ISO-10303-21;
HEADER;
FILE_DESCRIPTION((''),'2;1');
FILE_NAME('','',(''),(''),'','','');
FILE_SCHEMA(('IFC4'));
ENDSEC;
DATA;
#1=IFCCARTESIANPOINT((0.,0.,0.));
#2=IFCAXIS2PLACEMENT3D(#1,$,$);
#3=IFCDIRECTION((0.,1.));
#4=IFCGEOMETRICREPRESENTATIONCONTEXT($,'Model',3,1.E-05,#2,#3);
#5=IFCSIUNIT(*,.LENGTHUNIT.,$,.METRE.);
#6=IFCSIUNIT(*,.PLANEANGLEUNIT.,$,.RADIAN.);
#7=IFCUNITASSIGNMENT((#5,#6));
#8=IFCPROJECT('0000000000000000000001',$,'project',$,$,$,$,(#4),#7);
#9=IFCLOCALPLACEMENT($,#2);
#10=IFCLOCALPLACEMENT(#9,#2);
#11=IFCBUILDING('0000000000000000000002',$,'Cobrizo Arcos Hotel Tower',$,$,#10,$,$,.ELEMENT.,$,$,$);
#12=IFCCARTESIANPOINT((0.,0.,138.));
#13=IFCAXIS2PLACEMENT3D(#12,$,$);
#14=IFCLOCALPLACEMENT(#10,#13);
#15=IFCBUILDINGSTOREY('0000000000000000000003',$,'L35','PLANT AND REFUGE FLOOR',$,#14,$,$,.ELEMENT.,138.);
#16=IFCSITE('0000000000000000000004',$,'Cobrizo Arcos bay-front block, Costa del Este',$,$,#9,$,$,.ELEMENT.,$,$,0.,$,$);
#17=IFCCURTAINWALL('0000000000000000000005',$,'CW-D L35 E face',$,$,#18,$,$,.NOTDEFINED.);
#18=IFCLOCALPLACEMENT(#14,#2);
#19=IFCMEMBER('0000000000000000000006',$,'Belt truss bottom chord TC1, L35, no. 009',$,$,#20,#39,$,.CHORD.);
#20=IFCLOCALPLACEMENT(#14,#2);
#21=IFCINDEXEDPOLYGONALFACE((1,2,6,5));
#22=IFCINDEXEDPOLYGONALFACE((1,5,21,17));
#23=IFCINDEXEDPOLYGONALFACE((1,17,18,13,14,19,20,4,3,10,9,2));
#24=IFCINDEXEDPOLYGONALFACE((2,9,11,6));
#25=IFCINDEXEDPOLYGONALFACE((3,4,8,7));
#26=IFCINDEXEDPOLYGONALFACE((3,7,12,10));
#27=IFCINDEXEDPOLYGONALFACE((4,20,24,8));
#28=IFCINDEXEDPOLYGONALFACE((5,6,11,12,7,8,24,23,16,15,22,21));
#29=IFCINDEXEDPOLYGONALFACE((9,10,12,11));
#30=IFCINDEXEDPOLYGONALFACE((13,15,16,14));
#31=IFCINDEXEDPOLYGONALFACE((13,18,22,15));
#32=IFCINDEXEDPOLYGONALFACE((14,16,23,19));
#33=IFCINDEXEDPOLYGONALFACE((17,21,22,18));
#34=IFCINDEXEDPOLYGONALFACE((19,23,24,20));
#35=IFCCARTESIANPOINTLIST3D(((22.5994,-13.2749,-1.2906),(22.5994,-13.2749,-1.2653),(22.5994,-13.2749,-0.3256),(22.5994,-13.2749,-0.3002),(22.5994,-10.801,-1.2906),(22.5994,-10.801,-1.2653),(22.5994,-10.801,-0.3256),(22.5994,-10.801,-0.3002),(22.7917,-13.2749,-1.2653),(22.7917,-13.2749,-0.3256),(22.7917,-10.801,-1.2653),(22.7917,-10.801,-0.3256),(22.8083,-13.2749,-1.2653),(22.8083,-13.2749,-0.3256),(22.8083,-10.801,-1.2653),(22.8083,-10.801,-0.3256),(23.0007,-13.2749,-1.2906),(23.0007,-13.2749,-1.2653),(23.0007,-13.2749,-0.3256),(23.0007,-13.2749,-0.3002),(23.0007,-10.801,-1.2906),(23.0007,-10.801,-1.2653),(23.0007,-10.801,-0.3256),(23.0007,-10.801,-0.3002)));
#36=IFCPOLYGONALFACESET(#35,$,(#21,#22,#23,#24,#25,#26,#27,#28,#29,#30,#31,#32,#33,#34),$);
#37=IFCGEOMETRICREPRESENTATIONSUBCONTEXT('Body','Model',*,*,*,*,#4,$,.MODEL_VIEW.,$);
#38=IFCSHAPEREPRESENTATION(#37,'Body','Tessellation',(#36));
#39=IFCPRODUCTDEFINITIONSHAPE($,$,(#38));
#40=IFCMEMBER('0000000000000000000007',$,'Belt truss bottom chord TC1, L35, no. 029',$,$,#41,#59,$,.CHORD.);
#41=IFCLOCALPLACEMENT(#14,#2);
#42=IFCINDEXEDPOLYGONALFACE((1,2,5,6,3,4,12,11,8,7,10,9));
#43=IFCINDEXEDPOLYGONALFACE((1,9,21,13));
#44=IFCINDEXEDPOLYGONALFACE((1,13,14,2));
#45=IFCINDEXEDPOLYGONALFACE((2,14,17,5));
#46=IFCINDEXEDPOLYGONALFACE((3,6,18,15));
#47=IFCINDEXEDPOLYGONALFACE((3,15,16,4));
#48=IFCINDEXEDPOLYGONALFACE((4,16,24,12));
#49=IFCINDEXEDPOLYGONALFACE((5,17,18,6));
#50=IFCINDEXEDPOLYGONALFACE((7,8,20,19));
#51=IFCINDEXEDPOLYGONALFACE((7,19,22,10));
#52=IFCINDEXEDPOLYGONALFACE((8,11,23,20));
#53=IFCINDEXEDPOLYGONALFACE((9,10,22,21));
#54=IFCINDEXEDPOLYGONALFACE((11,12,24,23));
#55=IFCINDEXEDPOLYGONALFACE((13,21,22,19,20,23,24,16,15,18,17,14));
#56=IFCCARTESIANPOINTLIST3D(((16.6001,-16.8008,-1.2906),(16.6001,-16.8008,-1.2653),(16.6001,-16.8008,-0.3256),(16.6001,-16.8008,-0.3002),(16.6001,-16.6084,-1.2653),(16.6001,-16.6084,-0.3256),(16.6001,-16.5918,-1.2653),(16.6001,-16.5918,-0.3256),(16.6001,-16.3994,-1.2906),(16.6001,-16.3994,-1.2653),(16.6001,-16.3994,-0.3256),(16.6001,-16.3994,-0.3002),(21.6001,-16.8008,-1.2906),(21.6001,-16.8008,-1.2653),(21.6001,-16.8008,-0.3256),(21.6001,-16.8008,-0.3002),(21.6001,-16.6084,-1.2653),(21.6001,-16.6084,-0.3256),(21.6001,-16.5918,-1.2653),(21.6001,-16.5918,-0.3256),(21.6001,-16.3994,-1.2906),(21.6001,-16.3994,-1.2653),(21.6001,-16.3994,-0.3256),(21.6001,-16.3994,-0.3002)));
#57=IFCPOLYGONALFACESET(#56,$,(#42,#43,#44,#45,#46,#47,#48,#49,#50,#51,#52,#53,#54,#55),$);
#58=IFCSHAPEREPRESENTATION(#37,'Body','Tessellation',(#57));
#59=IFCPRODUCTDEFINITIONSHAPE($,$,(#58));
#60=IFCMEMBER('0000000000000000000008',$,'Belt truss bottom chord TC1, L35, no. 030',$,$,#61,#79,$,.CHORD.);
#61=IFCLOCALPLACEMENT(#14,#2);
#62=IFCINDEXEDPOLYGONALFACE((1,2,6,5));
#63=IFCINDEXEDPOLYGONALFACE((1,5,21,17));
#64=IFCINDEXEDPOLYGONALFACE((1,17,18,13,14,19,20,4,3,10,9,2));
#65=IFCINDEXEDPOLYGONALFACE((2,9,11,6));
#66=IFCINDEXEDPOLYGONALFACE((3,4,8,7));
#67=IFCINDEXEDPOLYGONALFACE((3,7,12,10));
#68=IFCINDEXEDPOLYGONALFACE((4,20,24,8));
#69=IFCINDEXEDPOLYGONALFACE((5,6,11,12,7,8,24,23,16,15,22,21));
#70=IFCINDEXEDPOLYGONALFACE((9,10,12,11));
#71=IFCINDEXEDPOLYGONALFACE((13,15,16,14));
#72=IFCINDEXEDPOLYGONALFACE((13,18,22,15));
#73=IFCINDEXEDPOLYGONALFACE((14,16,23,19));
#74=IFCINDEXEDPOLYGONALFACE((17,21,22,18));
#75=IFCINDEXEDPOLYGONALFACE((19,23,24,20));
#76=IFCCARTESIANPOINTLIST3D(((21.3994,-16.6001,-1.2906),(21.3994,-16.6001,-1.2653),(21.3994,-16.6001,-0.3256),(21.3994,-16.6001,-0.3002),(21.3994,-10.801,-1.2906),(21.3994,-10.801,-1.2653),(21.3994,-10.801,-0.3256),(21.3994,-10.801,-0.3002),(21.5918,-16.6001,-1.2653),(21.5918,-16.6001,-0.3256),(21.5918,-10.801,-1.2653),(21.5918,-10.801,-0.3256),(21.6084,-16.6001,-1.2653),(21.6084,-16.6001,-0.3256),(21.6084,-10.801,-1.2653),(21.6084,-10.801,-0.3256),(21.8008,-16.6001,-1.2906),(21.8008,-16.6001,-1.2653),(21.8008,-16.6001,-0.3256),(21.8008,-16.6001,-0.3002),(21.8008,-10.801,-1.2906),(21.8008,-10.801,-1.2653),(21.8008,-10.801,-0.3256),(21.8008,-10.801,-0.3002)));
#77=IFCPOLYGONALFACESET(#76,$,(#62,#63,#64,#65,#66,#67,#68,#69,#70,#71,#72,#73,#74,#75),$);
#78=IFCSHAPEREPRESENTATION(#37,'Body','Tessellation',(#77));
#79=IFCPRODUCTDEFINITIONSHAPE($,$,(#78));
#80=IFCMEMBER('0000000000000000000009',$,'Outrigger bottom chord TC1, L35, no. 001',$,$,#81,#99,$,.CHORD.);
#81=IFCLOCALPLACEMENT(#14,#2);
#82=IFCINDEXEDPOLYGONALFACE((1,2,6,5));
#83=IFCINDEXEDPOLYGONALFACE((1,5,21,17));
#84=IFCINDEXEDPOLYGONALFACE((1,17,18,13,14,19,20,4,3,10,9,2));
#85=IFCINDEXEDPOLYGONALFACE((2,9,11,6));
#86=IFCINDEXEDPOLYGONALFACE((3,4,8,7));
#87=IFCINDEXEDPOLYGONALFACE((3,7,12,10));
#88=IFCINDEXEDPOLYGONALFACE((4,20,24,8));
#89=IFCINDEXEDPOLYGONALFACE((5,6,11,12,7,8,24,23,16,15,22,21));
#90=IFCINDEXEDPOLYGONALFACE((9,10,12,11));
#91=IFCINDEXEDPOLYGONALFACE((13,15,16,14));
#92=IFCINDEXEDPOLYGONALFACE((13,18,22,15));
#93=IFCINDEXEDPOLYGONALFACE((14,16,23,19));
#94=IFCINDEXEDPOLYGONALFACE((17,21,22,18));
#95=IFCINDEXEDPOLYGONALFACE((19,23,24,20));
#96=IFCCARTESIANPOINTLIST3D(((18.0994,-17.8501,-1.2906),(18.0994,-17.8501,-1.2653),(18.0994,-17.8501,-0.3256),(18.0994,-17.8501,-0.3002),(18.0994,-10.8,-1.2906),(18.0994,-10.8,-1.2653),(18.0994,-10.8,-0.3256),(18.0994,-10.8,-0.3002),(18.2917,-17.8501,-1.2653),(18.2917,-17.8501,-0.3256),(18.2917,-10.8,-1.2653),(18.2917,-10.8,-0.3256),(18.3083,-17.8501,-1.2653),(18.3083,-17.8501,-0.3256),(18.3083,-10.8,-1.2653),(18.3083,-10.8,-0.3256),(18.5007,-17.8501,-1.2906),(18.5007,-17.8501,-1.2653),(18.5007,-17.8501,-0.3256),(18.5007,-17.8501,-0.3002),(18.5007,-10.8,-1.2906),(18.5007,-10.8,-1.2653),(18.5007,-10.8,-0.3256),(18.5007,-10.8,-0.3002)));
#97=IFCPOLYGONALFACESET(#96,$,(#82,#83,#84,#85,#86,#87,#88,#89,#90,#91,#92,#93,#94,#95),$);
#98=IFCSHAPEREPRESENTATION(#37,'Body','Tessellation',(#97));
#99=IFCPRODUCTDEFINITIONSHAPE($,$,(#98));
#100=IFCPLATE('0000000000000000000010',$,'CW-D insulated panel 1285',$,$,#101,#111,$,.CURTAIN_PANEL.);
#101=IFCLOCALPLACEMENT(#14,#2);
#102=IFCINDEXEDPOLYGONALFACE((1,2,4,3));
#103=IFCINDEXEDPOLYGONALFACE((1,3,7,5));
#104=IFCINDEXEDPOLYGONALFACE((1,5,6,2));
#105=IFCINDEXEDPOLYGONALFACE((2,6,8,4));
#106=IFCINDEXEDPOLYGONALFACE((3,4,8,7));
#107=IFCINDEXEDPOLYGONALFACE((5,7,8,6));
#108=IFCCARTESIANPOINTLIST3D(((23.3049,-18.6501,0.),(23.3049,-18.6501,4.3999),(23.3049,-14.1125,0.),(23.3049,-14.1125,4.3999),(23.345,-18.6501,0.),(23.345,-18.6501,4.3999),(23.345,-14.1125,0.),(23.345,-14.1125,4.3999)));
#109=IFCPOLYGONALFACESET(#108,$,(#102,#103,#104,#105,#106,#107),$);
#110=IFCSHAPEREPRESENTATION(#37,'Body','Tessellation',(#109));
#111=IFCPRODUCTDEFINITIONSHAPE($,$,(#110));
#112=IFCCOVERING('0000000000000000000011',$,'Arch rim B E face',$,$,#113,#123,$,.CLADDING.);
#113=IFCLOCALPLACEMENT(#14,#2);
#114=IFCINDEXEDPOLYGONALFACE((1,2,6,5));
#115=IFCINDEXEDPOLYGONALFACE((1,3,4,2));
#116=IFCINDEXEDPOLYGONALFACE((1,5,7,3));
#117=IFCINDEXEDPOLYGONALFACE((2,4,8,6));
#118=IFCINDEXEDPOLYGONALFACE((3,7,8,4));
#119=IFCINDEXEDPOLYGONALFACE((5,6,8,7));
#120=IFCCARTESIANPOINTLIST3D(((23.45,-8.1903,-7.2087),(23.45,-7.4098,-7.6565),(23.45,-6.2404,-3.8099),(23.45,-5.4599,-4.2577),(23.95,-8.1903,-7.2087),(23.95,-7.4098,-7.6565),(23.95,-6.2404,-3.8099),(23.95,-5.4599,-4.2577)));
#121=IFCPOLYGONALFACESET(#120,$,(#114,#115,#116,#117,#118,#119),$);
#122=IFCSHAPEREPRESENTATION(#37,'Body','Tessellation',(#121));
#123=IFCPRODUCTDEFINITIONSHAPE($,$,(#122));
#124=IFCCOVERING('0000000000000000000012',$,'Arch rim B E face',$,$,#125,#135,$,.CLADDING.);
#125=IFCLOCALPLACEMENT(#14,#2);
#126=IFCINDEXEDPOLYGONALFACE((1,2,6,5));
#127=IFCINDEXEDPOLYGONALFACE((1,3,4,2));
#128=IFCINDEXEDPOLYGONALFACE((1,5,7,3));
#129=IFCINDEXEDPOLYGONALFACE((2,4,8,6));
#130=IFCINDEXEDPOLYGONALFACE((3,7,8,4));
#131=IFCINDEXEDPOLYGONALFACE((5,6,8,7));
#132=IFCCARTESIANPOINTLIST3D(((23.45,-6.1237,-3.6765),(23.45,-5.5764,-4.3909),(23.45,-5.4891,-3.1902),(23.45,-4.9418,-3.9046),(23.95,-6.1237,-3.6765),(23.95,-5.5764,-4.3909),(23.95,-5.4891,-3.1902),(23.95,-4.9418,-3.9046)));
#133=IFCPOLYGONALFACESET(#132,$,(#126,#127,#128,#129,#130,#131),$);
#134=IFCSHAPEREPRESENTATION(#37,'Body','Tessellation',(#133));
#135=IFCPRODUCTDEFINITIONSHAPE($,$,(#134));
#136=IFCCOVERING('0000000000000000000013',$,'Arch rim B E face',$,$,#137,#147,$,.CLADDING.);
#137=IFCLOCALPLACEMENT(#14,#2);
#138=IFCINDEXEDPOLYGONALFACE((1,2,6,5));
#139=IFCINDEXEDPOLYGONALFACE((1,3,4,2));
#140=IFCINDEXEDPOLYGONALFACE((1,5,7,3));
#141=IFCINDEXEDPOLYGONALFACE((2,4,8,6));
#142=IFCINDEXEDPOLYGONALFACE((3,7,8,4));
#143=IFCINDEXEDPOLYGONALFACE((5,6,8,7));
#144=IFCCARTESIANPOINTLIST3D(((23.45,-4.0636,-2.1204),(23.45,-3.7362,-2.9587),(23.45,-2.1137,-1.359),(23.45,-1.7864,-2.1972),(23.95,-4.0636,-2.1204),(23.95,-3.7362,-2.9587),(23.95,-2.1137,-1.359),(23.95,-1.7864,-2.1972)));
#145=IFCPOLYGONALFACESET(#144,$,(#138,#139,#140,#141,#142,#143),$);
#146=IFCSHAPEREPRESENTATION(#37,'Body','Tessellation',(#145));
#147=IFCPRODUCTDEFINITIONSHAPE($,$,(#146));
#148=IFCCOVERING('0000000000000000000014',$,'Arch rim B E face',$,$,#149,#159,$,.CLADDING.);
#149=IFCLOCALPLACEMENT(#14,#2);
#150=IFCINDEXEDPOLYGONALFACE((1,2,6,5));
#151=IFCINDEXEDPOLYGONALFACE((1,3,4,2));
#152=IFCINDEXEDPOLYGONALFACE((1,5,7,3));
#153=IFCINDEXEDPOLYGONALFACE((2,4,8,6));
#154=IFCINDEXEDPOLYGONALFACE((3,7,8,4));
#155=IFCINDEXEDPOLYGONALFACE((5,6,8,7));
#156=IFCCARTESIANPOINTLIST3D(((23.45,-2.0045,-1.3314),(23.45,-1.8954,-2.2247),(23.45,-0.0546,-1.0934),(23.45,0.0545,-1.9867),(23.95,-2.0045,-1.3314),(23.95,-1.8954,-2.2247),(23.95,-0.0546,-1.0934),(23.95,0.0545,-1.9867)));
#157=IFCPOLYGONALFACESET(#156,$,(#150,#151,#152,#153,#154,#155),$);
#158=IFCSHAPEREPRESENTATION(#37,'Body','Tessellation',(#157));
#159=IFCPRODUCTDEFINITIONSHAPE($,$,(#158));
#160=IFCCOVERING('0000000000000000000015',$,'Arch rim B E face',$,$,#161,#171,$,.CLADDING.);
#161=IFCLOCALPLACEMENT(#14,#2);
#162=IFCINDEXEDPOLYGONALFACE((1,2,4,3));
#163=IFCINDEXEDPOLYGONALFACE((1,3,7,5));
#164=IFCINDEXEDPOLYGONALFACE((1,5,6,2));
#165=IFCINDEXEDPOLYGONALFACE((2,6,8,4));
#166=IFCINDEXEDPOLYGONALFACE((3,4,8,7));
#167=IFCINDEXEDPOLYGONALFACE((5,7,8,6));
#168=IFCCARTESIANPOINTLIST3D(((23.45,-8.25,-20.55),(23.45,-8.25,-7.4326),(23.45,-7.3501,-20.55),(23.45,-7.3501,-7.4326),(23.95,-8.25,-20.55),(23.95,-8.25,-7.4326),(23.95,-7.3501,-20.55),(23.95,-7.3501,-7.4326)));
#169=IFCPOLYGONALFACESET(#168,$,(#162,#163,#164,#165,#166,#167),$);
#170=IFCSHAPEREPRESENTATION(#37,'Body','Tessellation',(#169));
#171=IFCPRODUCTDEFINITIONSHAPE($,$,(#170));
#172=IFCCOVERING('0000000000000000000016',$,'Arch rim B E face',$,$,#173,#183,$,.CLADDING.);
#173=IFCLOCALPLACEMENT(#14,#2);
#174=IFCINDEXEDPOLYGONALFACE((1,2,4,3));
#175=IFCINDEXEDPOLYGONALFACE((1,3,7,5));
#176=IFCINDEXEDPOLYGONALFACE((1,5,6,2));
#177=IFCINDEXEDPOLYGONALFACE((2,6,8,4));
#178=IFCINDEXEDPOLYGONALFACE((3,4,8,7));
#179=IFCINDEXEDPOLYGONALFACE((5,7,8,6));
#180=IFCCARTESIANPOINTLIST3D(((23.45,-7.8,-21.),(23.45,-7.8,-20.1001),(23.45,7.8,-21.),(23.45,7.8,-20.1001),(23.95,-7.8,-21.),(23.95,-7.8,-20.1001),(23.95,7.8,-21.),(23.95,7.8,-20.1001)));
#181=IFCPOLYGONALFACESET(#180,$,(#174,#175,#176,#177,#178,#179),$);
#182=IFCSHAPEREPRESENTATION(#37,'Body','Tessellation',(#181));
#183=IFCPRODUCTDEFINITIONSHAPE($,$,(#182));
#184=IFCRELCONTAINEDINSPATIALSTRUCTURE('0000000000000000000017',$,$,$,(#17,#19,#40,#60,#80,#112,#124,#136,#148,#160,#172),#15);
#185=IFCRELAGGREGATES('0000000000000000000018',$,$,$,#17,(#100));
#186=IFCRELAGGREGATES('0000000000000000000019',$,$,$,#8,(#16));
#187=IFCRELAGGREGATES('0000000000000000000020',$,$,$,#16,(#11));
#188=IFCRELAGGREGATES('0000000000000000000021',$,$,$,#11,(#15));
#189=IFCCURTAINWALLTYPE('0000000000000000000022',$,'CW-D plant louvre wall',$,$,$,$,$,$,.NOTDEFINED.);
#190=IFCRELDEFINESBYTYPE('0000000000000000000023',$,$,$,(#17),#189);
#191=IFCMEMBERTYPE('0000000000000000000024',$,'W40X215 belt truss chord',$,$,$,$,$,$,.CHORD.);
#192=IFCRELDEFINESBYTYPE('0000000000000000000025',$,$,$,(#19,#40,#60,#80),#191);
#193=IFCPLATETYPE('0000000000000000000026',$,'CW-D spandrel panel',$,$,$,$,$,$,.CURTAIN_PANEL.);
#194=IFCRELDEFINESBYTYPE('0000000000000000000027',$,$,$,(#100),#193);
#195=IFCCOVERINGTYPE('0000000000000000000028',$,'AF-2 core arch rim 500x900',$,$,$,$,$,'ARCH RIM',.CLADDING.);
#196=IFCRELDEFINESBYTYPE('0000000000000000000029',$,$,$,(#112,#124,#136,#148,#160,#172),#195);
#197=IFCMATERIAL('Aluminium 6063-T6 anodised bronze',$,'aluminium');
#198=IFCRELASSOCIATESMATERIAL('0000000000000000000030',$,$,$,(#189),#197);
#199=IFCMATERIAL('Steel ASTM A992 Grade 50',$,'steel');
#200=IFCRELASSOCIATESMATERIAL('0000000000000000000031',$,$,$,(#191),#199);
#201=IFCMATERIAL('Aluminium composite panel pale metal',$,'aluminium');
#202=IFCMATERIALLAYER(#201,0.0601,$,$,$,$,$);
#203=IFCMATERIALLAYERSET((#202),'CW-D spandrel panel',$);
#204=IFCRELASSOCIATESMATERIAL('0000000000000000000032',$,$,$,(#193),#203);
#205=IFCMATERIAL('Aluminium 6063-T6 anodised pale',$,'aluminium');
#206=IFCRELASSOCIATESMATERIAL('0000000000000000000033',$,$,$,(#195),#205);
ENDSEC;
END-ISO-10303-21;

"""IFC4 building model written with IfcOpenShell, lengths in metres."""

from ifc_helpers import new_model, si_unit, direction, frame, origin, origin_2d, place, context, subcontext, project, spatial, rectangle, i_section, extrude, material, layer, layer_set, material_profile, profile_set, type_object, element, aggregate, save


model = new_model("IFC4")

# Units and contexts
model_context = context("Model", 3, precision=1e-05, world=origin(), true_north=direction((0.0, 1.0)))
body_context = subcontext(model_context, "Body", "Model", "MODEL_VIEW")
ifc_project = project(units=[si_unit("LENGTHUNIT", "METRE"), si_unit("PLANEANGLEUNIT", "RADIAN")], contexts=[model_context])

# Site, building, storey
site_placement = place(None, origin())
site = spatial("IfcSite", under=ifc_project, at=site_placement, Name="Cobrizo Arcos bay-front block, Costa del Este", CompositionType="ELEMENT", RefElevation=0.0)
building_placement = place(site_placement, origin())
building = spatial("IfcBuilding", under=site, at=building_placement, Name="Cobrizo Arcos Hotel Tower", CompositionType="ELEMENT")
storey_placement = place(building_placement, frame((0.0, 0.0, 138.0)))
storey = spatial("IfcBuildingStorey", under=building, at=storey_placement, Name="L35", Description="PLANT AND REFUGE FLOOR", CompositionType="ELEMENT", Elevation=138.0)

# Curtain wall
ifc_material_1 = material(Name="Aluminium 6063-T6 anodised bronze", Category="aluminium")
curtain_wall_type = type_object("IfcCurtainWallType", Name="CW-D plant louvre wall", PredefinedType="NOTDEFINED", material=ifc_material_1)
curtain_wall_placement = place(storey_placement, origin())
curtain_wall = element("IfcCurtainWall", 1, at=curtain_wall_placement, inside=storey, type_object=curtain_wall_type, Name="CW-D L35 E face", PredefinedType="NOTDEFINED")

# Shared definitions
ifc_material_2 = material(Name="Steel ASTM A992 Grade 50", Category="steel")

# Members
ifc_material_profile_1 = material_profile(ifc_material_2, i_section(OverallWidth=0.4014, OverallDepth=0.9905, WebThickness=0.0166, FlangeThickness=0.0254, at=origin_2d()), Name="W40X215")
ifc_profile_set_1 = profile_set([ifc_material_profile_1], Name="Steel ASTM A992 Grade 50")
member_type_1 = type_object("IfcMemberType", Name="W40X215 belt truss chord", PredefinedType="CHORD", material=ifc_profile_set_1)
member_1_placement = place(storey_placement, frame((22.8, -13.2749, -0.7954), z_axis=(0.0, 1.0, 0.0), x_axis=(-1.0, 0.0, 0.0)))
element("IfcMember", 2, at=member_1_placement, inside=storey, type_object=member_type_1, Name="Belt truss bottom chord TC1, L35, no. 009", PredefinedType="CHORD", context=body_context, shape_type="SweptSolid", body=[
    extrude(i_section(OverallWidth=0.4014, OverallDepth=0.9905, WebThickness=0.0166, FlangeThickness=0.0254, at=origin_2d()), origin(), (0.0, 0.0, 1.0), 2.4739),
])
member_2_placement = place(storey_placement, frame((16.6001, -16.6001, -0.7954), z_axis=(1.0, 0.0, 0.0), x_axis=(0.0, 1.0, 0.0)))
element("IfcMember", 3, at=member_2_placement, inside=storey, type_object=member_type_1, Name="Belt truss bottom chord TC1, L35, no. 029", PredefinedType="CHORD", context=body_context, shape_type="SweptSolid", body=[
    extrude(i_section(OverallWidth=0.4014, OverallDepth=0.9905, WebThickness=0.0166, FlangeThickness=0.0254, at=origin_2d()), origin(), (0.0, 0.0, 1.0), 5.0),
])
member_3_placement = place(storey_placement, frame((21.6001, -16.6001, -0.7954), z_axis=(0.0, 1.0, 0.0), x_axis=(-1.0, 0.0, 0.0)))
element("IfcMember", 4, at=member_3_placement, inside=storey, type_object=member_type_1, Name="Belt truss bottom chord TC1, L35, no. 030", PredefinedType="CHORD", context=body_context, shape_type="SweptSolid", body=[
    extrude(i_section(OverallWidth=0.4014, OverallDepth=0.9905, WebThickness=0.0166, FlangeThickness=0.0254, at=origin_2d()), origin(), (0.0, 0.0, 1.0), 5.7991),
])
member_4_placement = place(storey_placement, frame((18.3, -10.8, -0.7954), z_axis=(0.0, -1.0, 0.0), x_axis=(1.0, 0.0, 0.0)))
element("IfcMember", 5, at=member_4_placement, inside=storey, type_object=member_type_1, Name="Outrigger bottom chord TC1, L35, no. 001", PredefinedType="CHORD", context=body_context, shape_type="SweptSolid", body=[
    extrude(i_section(OverallWidth=0.4014, OverallDepth=0.9905, WebThickness=0.0166, FlangeThickness=0.0254, at=origin_2d()), origin(), (0.0, 0.0, 1.0), 7.05),
])

# Plate
ifc_material_3 = material(Name="Aluminium composite panel pale metal", Category="aluminium")
ifc_layer = layer(ifc_material_3, 0.0601)
ifc_layer_set = layer_set([ifc_layer], Name="CW-D spandrel panel")
plate_type = type_object("IfcPlateType", Name="CW-D spandrel panel", PredefinedType="CURTAIN_PANEL", material=ifc_layer_set)
plate_placement = place(storey_placement, frame((23.325, -16.3813, 0.0), z_axis=(0.0, 0.0, 1.0), x_axis=(0.0, 1.0, 0.0)))
plate = element("IfcPlate", 6, at=plate_placement, type_object=plate_type, Name="CW-D insulated panel 1285", PredefinedType="CURTAIN_PANEL", context=body_context, shape_type="SweptSolid", body=[
    extrude(rectangle(XDim=4.5376, YDim=0.04, at=origin_2d()), origin(), (0.0, 0.0, 1.0), 4.3999),
])
aggregate(curtain_wall, [plate])

# Coverings
ifc_material_4 = material(Name="Aluminium 6063-T6 anodised pale", Category="aluminium")
ifc_material_profile_2 = material_profile(ifc_material_4, rectangle(XDim=0.5, YDim=0.8999, at=origin_2d()), Name="AF-2 core arch rim 500x900")
ifc_profile_set_2 = profile_set([ifc_material_profile_2], Name="Aluminium 6063-T6 anodised pale")
covering_type = type_object("IfcCoveringType", Name="AF-2 core arch rim 500x900", ElementType="ARCH RIM", PredefinedType="CLADDING", material=ifc_profile_set_2)
covering_1_placement = place(storey_placement, frame((23.7, -7.8, -7.4326), z_axis=(0.0, 0.497621, 0.867395), x_axis=(-1.0, 0.0, 0.0)))
element("IfcCovering", 7, at=covering_1_placement, inside=storey, type_object=covering_type, Name="Arch rim B E face", PredefinedType="CLADDING", context=body_context, shape_type="SweptSolid", body=[
    extrude(rectangle(XDim=0.5, YDim=0.8999, at=origin_2d()), origin(), (0.0, 0.0, 1.0), 3.9185),
])
covering_2_placement = place(storey_placement, frame((23.7, -5.8501, -4.0337), z_axis=(0.0, 0.793803, 0.608175), x_axis=(-1.0, 0.0, 0.0)))
element("IfcCovering", 8, at=covering_2_placement, inside=storey, type_object=covering_type, Name="Arch rim B E face", PredefinedType="CLADDING", context=body_context, shape_type="SweptSolid", body=[
    extrude(rectangle(XDim=0.5, YDim=0.8999, at=origin_2d()), origin(), (0.0, 0.0, 1.0), 0.7996),
])
covering_3_placement = place(storey_placement, frame((23.7, -3.8999, -2.5396), z_axis=(0.0, 0.931494, 0.363757), x_axis=(-1.0, 0.0, 0.0)))
element("IfcCovering", 9, at=covering_3_placement, inside=storey, type_object=covering_type, Name="Arch rim B E face", PredefinedType="CLADDING", context=body_context, shape_type="SweptSolid", body=[
    extrude(rectangle(XDim=0.5, YDim=0.8999, at=origin_2d()), origin(), (0.0, 0.0, 1.0), 2.0933),
])
covering_4_placement = place(storey_placement, frame((23.7, -1.95, -1.7781), z_axis=(0.0, 0.992631, 0.121174), x_axis=(-1.0, 0.0, 0.0)))
element("IfcCovering", 10, at=covering_4_placement, inside=storey, type_object=covering_type, Name="Arch rim B E face", PredefinedType="CLADDING", context=body_context, shape_type="SweptSolid", body=[
    extrude(rectangle(XDim=0.5, YDim=0.8999, at=origin_2d()), origin(), (0.0, 0.0, 1.0), 1.9644),
])
covering_5_placement = place(storey_placement, frame((23.7, -7.8, -20.55), z_axis=(0.0, 0.0, 1.0), x_axis=(1.0, 0.0, 0.0)))
element("IfcCovering", 11, at=covering_5_placement, inside=storey, type_object=covering_type, Name="Arch rim B E face", PredefinedType="CLADDING", context=body_context, shape_type="SweptSolid", body=[
    extrude(rectangle(XDim=0.5, YDim=0.8999, at=origin_2d()), origin(), (0.0, 0.0, 1.0), 13.1174),
])
covering_6_placement = place(storey_placement, frame((23.7, -7.8, -20.55), z_axis=(0.0, 1.0, 0.0), x_axis=(-1.0, 0.0, 0.0)))
element("IfcCovering", 12, at=covering_6_placement, inside=storey, type_object=covering_type, Name="Arch rim B E face", PredefinedType="CLADDING", context=body_context, shape_type="SweptSolid", body=[
    extrude(rectangle(XDim=0.5, YDim=0.8999, at=origin_2d()), origin(), (0.0, 0.0, 1.0), 15.6001),
])

save(model, "model.ifc")
